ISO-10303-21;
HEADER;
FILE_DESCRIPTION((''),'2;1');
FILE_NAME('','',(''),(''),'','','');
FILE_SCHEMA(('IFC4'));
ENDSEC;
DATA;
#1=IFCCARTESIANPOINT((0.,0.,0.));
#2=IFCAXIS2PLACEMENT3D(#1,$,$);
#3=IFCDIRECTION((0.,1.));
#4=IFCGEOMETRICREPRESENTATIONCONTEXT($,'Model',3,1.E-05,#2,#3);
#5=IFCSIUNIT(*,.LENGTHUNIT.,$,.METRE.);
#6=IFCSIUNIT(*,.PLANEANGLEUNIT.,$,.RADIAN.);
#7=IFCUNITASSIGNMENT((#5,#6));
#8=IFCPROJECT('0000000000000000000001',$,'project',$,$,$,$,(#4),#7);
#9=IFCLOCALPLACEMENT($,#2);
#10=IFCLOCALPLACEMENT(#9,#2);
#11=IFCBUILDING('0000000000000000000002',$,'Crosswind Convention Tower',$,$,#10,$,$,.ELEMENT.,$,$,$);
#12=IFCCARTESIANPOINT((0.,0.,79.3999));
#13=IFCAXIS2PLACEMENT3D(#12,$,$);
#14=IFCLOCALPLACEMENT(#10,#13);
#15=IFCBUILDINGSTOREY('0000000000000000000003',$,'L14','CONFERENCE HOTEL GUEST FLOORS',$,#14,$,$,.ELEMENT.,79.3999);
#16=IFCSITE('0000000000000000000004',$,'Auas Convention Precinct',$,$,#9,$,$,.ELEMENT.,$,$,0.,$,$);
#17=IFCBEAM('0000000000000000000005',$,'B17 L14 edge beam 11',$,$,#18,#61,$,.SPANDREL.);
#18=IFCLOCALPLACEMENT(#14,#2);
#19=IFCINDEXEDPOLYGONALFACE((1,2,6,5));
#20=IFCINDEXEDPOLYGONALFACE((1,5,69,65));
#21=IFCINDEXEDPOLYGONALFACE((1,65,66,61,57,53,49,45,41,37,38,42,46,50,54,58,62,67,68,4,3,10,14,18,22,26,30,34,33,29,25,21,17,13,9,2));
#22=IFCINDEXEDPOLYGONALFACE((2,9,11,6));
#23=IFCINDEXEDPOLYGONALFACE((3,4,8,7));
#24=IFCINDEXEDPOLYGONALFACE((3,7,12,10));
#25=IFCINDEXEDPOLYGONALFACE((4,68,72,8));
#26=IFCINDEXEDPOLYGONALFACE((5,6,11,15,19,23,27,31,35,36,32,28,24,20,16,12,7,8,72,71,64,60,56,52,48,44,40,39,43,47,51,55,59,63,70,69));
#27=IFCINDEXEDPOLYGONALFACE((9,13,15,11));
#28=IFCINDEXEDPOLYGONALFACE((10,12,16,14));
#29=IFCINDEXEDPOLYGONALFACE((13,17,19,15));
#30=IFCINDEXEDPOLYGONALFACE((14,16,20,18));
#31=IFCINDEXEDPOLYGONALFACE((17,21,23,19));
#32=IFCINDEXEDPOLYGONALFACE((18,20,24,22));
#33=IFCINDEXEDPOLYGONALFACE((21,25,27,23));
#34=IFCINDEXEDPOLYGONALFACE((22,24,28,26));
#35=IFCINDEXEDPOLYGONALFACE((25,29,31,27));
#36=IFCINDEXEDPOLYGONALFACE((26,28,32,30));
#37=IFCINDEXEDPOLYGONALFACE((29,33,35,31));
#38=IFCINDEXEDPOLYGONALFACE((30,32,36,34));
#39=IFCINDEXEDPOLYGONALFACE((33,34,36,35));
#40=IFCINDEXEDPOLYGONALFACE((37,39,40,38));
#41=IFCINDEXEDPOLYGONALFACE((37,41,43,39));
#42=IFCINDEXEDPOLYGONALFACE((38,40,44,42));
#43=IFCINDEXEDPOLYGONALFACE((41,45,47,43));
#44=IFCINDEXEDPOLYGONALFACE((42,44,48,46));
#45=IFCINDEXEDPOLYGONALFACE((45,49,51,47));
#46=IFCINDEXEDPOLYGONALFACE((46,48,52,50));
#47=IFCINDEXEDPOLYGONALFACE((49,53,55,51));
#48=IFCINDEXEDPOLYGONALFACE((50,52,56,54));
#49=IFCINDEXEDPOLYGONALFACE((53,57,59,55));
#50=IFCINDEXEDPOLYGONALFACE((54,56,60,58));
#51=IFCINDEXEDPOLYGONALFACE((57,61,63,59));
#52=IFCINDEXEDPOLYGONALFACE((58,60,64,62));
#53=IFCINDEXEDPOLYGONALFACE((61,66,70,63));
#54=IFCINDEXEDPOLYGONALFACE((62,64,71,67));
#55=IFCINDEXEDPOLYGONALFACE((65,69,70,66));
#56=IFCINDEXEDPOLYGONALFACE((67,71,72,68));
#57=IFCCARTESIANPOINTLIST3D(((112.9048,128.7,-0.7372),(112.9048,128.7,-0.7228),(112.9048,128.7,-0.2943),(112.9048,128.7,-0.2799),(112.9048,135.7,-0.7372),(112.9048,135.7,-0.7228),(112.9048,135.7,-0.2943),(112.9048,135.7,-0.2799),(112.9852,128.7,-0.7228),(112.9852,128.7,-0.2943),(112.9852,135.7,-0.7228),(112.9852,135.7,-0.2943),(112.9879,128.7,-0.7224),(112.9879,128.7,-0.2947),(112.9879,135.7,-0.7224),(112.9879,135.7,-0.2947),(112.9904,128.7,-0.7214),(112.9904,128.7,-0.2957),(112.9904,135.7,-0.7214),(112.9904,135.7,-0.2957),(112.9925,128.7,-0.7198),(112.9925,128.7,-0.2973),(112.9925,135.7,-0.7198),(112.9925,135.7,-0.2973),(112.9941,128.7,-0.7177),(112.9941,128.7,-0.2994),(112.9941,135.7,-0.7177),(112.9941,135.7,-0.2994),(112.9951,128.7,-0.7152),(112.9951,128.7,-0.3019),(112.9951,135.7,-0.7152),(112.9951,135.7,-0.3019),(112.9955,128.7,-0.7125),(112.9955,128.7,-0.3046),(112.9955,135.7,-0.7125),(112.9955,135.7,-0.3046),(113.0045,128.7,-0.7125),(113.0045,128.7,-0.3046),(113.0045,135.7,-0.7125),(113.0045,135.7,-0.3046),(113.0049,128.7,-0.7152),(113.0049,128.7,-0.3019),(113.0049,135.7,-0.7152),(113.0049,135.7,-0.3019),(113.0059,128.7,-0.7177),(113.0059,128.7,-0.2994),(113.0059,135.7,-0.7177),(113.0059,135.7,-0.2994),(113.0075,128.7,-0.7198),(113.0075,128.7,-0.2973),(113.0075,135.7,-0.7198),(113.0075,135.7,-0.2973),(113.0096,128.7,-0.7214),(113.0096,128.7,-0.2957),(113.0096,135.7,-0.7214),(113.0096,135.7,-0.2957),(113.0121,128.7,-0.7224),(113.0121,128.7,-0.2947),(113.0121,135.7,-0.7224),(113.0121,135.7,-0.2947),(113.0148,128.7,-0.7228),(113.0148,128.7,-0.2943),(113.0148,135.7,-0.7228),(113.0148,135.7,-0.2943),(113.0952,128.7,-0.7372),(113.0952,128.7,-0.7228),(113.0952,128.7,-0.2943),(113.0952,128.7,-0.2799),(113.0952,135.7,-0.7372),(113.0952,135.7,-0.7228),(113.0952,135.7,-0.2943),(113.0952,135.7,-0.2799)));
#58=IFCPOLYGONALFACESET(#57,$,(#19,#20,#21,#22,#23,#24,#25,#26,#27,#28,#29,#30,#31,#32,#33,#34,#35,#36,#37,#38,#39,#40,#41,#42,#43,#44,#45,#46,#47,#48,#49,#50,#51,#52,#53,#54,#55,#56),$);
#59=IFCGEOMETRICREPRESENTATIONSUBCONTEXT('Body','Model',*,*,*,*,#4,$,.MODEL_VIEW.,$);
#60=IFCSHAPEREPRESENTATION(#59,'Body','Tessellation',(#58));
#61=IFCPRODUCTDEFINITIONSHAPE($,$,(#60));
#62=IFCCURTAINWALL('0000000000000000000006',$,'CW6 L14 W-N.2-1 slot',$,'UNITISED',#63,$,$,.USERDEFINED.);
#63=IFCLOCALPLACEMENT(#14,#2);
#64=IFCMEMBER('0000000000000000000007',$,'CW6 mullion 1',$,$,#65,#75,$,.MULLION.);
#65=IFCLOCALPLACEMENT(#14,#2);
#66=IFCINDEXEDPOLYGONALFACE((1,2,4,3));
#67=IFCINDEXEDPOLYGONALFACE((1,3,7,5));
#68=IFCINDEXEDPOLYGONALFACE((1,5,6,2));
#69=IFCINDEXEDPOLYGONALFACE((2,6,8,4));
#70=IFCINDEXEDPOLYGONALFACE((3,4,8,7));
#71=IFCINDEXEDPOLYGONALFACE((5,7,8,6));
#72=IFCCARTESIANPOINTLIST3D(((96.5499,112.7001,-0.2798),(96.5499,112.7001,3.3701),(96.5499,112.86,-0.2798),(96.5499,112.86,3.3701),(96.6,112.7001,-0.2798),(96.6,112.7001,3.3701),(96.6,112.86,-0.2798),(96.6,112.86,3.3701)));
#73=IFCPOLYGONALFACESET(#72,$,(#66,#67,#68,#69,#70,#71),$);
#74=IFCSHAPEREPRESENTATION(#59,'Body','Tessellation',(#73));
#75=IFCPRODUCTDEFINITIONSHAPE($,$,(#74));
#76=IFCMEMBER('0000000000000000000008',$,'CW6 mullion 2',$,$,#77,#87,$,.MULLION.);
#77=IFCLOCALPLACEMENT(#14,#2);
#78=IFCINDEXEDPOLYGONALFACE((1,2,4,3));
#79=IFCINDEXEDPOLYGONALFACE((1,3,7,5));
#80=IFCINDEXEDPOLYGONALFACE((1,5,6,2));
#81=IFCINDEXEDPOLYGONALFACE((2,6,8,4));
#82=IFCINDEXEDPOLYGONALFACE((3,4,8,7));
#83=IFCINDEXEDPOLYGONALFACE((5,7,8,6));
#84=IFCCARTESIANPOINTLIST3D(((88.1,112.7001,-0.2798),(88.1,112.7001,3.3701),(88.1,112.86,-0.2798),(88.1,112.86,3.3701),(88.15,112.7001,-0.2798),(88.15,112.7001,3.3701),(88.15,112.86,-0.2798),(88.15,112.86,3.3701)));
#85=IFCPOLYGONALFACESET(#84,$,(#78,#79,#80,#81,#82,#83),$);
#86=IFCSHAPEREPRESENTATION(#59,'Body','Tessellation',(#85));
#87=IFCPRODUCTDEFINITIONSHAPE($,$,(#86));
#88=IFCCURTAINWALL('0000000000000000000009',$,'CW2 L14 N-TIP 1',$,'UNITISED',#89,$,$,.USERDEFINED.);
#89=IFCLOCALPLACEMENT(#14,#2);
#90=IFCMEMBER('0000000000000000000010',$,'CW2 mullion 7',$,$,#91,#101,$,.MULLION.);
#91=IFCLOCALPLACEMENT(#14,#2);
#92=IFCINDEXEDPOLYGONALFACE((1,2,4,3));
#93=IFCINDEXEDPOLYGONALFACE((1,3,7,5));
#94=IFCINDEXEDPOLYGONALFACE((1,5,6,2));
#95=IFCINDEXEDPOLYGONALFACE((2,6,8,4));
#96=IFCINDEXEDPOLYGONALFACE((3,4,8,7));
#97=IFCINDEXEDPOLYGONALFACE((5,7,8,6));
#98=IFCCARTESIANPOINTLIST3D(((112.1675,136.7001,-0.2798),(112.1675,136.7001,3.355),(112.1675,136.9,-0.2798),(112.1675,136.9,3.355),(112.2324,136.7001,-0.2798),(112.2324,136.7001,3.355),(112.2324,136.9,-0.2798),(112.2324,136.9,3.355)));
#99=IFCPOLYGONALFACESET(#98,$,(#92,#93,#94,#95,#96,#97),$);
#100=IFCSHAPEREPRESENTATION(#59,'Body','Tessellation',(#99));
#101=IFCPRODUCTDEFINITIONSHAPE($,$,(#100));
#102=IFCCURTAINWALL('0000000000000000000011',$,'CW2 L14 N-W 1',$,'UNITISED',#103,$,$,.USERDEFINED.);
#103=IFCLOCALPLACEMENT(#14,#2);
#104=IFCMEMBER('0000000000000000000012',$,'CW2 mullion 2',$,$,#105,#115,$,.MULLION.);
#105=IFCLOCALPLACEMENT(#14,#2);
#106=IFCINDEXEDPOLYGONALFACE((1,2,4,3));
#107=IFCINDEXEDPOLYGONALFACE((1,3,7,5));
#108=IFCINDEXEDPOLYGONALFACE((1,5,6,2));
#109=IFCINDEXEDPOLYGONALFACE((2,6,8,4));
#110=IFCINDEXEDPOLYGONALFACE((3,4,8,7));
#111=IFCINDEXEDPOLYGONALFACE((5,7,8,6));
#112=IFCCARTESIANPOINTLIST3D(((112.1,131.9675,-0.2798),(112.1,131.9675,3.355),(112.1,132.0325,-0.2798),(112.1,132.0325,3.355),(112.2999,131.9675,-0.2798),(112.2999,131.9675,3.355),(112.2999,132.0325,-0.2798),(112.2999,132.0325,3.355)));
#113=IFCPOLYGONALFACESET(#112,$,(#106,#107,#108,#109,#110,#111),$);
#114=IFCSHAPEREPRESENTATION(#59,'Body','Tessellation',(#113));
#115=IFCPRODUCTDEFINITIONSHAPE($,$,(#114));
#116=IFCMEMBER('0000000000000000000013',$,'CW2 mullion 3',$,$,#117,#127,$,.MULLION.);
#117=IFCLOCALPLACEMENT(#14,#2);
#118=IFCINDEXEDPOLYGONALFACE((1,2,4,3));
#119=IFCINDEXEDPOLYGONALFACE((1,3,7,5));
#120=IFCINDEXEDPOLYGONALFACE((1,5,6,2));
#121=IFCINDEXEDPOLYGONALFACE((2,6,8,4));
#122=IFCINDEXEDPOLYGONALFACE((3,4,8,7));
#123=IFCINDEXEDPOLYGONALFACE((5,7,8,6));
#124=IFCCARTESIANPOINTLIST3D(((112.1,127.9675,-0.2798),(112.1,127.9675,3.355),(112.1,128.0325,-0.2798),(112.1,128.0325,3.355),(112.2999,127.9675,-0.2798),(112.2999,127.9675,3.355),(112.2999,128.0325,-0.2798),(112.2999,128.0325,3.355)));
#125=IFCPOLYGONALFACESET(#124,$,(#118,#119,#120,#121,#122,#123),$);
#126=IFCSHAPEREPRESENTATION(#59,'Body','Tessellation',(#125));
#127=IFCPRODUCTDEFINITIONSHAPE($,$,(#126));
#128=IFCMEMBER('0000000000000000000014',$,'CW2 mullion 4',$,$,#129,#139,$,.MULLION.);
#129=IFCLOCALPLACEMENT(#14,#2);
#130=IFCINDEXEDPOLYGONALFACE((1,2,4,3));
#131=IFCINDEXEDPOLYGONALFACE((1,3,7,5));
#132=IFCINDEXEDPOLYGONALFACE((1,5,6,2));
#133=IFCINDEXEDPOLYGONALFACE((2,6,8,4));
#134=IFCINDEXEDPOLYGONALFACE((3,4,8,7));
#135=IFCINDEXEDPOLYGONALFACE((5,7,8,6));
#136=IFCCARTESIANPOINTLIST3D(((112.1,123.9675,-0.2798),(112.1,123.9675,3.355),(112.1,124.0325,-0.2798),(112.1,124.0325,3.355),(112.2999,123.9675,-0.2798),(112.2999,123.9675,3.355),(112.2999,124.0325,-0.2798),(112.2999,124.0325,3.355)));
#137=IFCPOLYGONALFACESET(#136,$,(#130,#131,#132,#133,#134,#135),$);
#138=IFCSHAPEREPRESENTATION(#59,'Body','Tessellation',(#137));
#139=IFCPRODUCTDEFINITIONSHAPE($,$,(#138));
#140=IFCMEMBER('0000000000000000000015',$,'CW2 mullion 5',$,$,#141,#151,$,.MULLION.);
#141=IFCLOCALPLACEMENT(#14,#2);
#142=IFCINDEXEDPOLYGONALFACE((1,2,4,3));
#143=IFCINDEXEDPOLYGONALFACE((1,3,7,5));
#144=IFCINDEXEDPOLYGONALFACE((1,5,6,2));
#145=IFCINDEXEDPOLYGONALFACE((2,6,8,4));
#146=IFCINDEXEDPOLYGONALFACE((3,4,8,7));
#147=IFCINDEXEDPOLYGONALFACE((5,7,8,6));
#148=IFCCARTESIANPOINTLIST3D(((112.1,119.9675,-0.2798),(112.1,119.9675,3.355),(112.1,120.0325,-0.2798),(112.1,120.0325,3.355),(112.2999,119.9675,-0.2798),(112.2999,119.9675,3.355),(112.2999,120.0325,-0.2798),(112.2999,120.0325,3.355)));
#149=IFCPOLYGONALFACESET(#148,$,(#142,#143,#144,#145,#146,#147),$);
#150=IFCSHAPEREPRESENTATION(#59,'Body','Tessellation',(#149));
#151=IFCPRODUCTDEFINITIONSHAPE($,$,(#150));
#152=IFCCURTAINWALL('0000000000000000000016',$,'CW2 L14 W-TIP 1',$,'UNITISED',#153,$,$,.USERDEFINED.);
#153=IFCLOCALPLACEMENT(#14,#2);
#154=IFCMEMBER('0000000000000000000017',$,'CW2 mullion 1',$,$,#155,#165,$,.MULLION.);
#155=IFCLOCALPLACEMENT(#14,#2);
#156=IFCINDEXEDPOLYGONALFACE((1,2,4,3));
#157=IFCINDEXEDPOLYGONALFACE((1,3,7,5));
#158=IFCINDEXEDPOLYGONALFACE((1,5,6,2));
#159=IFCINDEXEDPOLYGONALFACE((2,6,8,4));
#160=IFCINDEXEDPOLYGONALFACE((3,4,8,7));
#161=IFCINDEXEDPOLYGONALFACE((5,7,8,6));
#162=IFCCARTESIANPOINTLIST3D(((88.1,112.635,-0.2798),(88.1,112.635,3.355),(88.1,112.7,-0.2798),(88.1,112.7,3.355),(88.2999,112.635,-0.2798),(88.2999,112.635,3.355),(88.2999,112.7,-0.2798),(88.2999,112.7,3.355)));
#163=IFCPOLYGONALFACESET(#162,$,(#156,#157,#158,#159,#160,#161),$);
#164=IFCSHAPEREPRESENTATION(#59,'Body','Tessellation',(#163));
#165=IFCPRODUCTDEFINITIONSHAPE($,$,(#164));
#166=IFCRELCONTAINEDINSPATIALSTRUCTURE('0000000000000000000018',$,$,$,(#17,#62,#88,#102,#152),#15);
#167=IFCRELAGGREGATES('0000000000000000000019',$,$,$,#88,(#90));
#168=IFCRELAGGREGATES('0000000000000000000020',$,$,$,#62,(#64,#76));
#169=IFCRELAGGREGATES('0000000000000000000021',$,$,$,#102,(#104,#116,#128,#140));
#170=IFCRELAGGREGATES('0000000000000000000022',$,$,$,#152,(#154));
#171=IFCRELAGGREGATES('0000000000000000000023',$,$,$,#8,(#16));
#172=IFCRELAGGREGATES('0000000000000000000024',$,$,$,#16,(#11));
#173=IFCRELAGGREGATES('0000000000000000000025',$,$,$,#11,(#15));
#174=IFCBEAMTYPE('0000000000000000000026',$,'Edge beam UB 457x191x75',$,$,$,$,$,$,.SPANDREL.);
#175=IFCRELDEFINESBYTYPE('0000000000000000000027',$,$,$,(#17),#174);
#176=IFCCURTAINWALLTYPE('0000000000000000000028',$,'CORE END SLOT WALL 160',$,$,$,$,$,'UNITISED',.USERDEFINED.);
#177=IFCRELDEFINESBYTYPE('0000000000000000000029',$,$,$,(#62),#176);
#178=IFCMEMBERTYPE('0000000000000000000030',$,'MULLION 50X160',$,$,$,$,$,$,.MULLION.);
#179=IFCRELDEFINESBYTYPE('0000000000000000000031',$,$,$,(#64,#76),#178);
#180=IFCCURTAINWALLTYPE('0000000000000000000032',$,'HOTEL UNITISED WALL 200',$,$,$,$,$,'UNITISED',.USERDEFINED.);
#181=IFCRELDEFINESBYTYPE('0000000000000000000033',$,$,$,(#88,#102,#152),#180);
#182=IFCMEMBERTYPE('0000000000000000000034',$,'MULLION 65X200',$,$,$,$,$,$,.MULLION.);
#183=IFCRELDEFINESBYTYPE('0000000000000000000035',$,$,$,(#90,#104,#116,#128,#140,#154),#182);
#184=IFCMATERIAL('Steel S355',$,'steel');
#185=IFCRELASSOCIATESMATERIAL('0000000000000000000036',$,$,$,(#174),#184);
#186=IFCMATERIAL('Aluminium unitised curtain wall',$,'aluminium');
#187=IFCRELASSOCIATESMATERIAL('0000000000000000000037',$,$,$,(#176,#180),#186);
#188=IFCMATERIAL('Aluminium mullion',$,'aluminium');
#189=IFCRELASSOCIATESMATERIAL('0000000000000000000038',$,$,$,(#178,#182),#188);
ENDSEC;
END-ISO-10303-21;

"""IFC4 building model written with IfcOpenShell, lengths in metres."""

from ifc_helpers import new_model, si_unit, direction, frame, origin, origin_2d, place, context, subcontext, project, spatial, rectangle, i_section, extrude, material, material_profile, profile_set, type_object, element, aggregate, save


model = new_model("IFC4")

# Units and contexts
model_context = context("Model", 3, precision=1e-05, world=origin(), true_north=direction((0.0, 1.0)))
body_context = subcontext(model_context, "Body", "Model", "MODEL_VIEW")
ifc_project = project(units=[si_unit("LENGTHUNIT", "METRE"), si_unit("PLANEANGLEUNIT", "RADIAN")], contexts=[model_context])

# Site, building, storey
site_placement = place(None, origin())
site = spatial("IfcSite", under=ifc_project, at=site_placement, Name="Auas Convention Precinct", CompositionType="ELEMENT", RefElevation=0.0)
building_placement = place(site_placement, origin())
building = spatial("IfcBuilding", under=site, at=building_placement, Name="Crosswind Convention Tower", CompositionType="ELEMENT")
storey_placement = place(building_placement, frame((0.0, 0.0, 79.3999)))
storey = spatial("IfcBuildingStorey", under=building, at=storey_placement, Name="L14", Description="CONFERENCE HOTEL GUEST FLOORS", CompositionType="ELEMENT", Elevation=79.3999)

# Beam
ifc_material_1 = material(Name="Steel S355", Category="steel")
ifc_material_profile_1 = material_profile(ifc_material_1, i_section(OverallWidth=0.1904, OverallDepth=0.4573, WebThickness=0.009, FlangeThickness=0.0144, FilletRadius=0.0103, at=origin_2d()), Name="UB 457x191x75")
ifc_profile_set_1 = profile_set([ifc_material_profile_1], Name="Steel S355")
beam_type_1 = type_object("IfcBeamType", Name="Edge beam UB 457x191x75", PredefinedType="SPANDREL", material=ifc_profile_set_1)
beam_1_placement = place(storey_placement, frame((113.0, 128.7, -0.5085), z_axis=(0.0, 1.0, 0.0), x_axis=(-1.0, 0.0, 0.0)))
element("IfcBeam", 1, at=beam_1_placement, inside=storey, type_object=beam_type_1, Name="B17 L14 edge beam 11", PredefinedType="SPANDREL", context=body_context, shape_type="SweptSolid", body=[
    extrude(i_section(OverallWidth=0.1904, OverallDepth=0.4573, WebThickness=0.009, FlangeThickness=0.0144, FilletRadius=0.0103, at=origin_2d()), origin(), (0.0, 0.0, 1.0), 7.0),
])

# Curtain wall, members
ifc_material_2 = material(Name="Aluminium unitised curtain wall", Category="aluminium")
curtain_wall_type_1 = type_object("IfcCurtainWallType", Name="CORE END SLOT WALL 160", ElementType="UNITISED", PredefinedType="USERDEFINED", material=ifc_material_2)
curtain_wall_1_placement = place(storey_placement, origin())
curtain_wall_1 = element("IfcCurtainWall", 2, at=curtain_wall_1_placement, inside=storey, type_object=curtain_wall_type_1, Name="CW6 L14 W-N.2-1 slot", ObjectType="UNITISED", PredefinedType="USERDEFINED")
ifc_material_3 = material(Name="Aluminium mullion", Category="aluminium")
ifc_material_profile_2 = material_profile(ifc_material_3, rectangle(XDim=0.1599, YDim=0.05, at=origin_2d()), Name="AL 160X50")
ifc_profile_set_2 = profile_set([ifc_material_profile_2], Name="Aluminium mullion")
member_type_1 = type_object("IfcMemberType", Name="MULLION 50X160", PredefinedType="MULLION", material=ifc_profile_set_2)
member_1_placement = place(storey_placement, frame((96.575, 112.78, -0.2798), z_axis=(0.0, 0.0, 1.0), x_axis=(0.0, 1.0, 0.0)))
member_1 = element("IfcMember", 3, at=member_1_placement, type_object=member_type_1, Name="CW6 mullion 1", PredefinedType="MULLION", context=body_context, shape_type="SweptSolid", body=[
    extrude(rectangle(XDim=0.1599, YDim=0.05, at=origin_2d()), origin(), (0.0, 0.0, 1.0), 3.6499),
])
member_2_placement = place(storey_placement, frame((88.125, 112.78, -0.2798), z_axis=(0.0, 0.0, 1.0), x_axis=(0.0, 1.0, 0.0)))
member_2 = element("IfcMember", 4, at=member_2_placement, type_object=member_type_1, Name="CW6 mullion 2", PredefinedType="MULLION", context=body_context, shape_type="SweptSolid", body=[
    extrude(rectangle(XDim=0.1599, YDim=0.05, at=origin_2d()), origin(), (0.0, 0.0, 1.0), 3.6499),
])

# Curtain wall, member
curtain_wall_type_2 = type_object("IfcCurtainWallType", Name="HOTEL UNITISED WALL 200", ElementType="UNITISED", PredefinedType="USERDEFINED", material=ifc_material_2)
curtain_wall_2_placement = place(storey_placement, origin())
curtain_wall_2 = element("IfcCurtainWall", 5, at=curtain_wall_2_placement, inside=storey, type_object=curtain_wall_type_2, Name="CW2 L14 N-TIP 1", ObjectType="UNITISED", PredefinedType="USERDEFINED")
ifc_material_profile_3 = material_profile(ifc_material_3, rectangle(XDim=0.2, YDim=0.0649, at=origin_2d()), Name="AL 200X65")
ifc_profile_set_3 = profile_set([ifc_material_profile_3], Name="Aluminium mullion")
member_type_2 = type_object("IfcMemberType", Name="MULLION 65X200", PredefinedType="MULLION", material=ifc_profile_set_3)
member_3_placement = place(storey_placement, frame((112.2, 136.8, -0.2798), z_axis=(0.0, 0.0, 1.0), x_axis=(0.0, 1.0, 0.0)))
member_3 = element("IfcMember", 6, at=member_3_placement, type_object=member_type_2, Name="CW2 mullion 7", PredefinedType="MULLION", context=body_context, shape_type="SweptSolid", body=[
    extrude(rectangle(XDim=0.2, YDim=0.0649, at=origin_2d()), origin(), (0.0, 0.0, 1.0), 3.6348),
])
aggregate(curtain_wall_2, [member_3])

# Curtain wall, members
curtain_wall_3_placement = place(storey_placement, origin())
curtain_wall_3 = element("IfcCurtainWall", 7, at=curtain_wall_3_placement, inside=storey, type_object=curtain_wall_type_2, Name="CW2 L14 N-W 1", ObjectType="UNITISED", PredefinedType="USERDEFINED")
member_4_placement = place(storey_placement, frame((112.2, 132.0, -0.2798), z_axis=(0.0, 0.0, 1.0), x_axis=(-1.0, 0.0, 0.0)))
member_4 = element("IfcMember", 8, at=member_4_placement, type_object=member_type_2, Name="CW2 mullion 2", PredefinedType="MULLION", context=body_context, shape_type="SweptSolid", body=[
    extrude(rectangle(XDim=0.2, YDim=0.0649, at=origin_2d()), origin(), (0.0, 0.0, 1.0), 3.6348),
])
member_5_placement = place(storey_placement, frame((112.2, 128.0, -0.2798), z_axis=(0.0, 0.0, 1.0), x_axis=(-1.0, 0.0, 0.0)))
member_5 = element("IfcMember", 9, at=member_5_placement, type_object=member_type_2, Name="CW2 mullion 3", PredefinedType="MULLION", context=body_context, shape_type="SweptSolid", body=[
    extrude(rectangle(XDim=0.2, YDim=0.0649, at=origin_2d()), origin(), (0.0, 0.0, 1.0), 3.6348),
])
member_6_placement = place(storey_placement, frame((112.2, 124.0, -0.2798), z_axis=(0.0, 0.0, 1.0), x_axis=(-1.0, 0.0, 0.0)))
member_6 = element("IfcMember", 10, at=member_6_placement, type_object=member_type_2, Name="CW2 mullion 4", PredefinedType="MULLION", context=body_context, shape_type="SweptSolid", body=[
    extrude(rectangle(XDim=0.2, YDim=0.0649, at=origin_2d()), origin(), (0.0, 0.0, 1.0), 3.6348),
])
member_7_placement = place(storey_placement, frame((112.2, 120.0, -0.2798), z_axis=(0.0, 0.0, 1.0), x_axis=(-1.0, 0.0, 0.0)))
member_7 = element("IfcMember", 11, at=member_7_placement, type_object=member_type_2, Name="CW2 mullion 5", PredefinedType="MULLION", context=body_context, shape_type="SweptSolid", body=[
    extrude(rectangle(XDim=0.2, YDim=0.0649, at=origin_2d()), origin(), (0.0, 0.0, 1.0), 3.6348),
])

# Curtain wall, member
curtain_wall_4_placement = place(storey_placement, origin())
curtain_wall_4 = element("IfcCurtainWall", 12, at=curtain_wall_4_placement, inside=storey, type_object=curtain_wall_type_2, Name="CW2 L14 W-TIP 1", ObjectType="UNITISED", PredefinedType="USERDEFINED")
member_8_placement = place(storey_placement, frame((88.2, 112.6675, -0.2798), z_axis=(0.0, 0.0, 1.0), x_axis=(-1.0, 0.0, 0.0)))
member_8 = element("IfcMember", 13, at=member_8_placement, type_object=member_type_2, Name="CW2 mullion 1", PredefinedType="MULLION", context=body_context, shape_type="SweptSolid", body=[
    extrude(rectangle(XDim=0.2, YDim=0.0649, at=origin_2d()), origin(), (0.0, 0.0, 1.0), 3.6348),
])

aggregate(curtain_wall_1, [member_1, member_2])

aggregate(curtain_wall_3, [member_4, member_5, member_6, member_7])
aggregate(curtain_wall_4, [member_8])

save(model, "model.ifc")
